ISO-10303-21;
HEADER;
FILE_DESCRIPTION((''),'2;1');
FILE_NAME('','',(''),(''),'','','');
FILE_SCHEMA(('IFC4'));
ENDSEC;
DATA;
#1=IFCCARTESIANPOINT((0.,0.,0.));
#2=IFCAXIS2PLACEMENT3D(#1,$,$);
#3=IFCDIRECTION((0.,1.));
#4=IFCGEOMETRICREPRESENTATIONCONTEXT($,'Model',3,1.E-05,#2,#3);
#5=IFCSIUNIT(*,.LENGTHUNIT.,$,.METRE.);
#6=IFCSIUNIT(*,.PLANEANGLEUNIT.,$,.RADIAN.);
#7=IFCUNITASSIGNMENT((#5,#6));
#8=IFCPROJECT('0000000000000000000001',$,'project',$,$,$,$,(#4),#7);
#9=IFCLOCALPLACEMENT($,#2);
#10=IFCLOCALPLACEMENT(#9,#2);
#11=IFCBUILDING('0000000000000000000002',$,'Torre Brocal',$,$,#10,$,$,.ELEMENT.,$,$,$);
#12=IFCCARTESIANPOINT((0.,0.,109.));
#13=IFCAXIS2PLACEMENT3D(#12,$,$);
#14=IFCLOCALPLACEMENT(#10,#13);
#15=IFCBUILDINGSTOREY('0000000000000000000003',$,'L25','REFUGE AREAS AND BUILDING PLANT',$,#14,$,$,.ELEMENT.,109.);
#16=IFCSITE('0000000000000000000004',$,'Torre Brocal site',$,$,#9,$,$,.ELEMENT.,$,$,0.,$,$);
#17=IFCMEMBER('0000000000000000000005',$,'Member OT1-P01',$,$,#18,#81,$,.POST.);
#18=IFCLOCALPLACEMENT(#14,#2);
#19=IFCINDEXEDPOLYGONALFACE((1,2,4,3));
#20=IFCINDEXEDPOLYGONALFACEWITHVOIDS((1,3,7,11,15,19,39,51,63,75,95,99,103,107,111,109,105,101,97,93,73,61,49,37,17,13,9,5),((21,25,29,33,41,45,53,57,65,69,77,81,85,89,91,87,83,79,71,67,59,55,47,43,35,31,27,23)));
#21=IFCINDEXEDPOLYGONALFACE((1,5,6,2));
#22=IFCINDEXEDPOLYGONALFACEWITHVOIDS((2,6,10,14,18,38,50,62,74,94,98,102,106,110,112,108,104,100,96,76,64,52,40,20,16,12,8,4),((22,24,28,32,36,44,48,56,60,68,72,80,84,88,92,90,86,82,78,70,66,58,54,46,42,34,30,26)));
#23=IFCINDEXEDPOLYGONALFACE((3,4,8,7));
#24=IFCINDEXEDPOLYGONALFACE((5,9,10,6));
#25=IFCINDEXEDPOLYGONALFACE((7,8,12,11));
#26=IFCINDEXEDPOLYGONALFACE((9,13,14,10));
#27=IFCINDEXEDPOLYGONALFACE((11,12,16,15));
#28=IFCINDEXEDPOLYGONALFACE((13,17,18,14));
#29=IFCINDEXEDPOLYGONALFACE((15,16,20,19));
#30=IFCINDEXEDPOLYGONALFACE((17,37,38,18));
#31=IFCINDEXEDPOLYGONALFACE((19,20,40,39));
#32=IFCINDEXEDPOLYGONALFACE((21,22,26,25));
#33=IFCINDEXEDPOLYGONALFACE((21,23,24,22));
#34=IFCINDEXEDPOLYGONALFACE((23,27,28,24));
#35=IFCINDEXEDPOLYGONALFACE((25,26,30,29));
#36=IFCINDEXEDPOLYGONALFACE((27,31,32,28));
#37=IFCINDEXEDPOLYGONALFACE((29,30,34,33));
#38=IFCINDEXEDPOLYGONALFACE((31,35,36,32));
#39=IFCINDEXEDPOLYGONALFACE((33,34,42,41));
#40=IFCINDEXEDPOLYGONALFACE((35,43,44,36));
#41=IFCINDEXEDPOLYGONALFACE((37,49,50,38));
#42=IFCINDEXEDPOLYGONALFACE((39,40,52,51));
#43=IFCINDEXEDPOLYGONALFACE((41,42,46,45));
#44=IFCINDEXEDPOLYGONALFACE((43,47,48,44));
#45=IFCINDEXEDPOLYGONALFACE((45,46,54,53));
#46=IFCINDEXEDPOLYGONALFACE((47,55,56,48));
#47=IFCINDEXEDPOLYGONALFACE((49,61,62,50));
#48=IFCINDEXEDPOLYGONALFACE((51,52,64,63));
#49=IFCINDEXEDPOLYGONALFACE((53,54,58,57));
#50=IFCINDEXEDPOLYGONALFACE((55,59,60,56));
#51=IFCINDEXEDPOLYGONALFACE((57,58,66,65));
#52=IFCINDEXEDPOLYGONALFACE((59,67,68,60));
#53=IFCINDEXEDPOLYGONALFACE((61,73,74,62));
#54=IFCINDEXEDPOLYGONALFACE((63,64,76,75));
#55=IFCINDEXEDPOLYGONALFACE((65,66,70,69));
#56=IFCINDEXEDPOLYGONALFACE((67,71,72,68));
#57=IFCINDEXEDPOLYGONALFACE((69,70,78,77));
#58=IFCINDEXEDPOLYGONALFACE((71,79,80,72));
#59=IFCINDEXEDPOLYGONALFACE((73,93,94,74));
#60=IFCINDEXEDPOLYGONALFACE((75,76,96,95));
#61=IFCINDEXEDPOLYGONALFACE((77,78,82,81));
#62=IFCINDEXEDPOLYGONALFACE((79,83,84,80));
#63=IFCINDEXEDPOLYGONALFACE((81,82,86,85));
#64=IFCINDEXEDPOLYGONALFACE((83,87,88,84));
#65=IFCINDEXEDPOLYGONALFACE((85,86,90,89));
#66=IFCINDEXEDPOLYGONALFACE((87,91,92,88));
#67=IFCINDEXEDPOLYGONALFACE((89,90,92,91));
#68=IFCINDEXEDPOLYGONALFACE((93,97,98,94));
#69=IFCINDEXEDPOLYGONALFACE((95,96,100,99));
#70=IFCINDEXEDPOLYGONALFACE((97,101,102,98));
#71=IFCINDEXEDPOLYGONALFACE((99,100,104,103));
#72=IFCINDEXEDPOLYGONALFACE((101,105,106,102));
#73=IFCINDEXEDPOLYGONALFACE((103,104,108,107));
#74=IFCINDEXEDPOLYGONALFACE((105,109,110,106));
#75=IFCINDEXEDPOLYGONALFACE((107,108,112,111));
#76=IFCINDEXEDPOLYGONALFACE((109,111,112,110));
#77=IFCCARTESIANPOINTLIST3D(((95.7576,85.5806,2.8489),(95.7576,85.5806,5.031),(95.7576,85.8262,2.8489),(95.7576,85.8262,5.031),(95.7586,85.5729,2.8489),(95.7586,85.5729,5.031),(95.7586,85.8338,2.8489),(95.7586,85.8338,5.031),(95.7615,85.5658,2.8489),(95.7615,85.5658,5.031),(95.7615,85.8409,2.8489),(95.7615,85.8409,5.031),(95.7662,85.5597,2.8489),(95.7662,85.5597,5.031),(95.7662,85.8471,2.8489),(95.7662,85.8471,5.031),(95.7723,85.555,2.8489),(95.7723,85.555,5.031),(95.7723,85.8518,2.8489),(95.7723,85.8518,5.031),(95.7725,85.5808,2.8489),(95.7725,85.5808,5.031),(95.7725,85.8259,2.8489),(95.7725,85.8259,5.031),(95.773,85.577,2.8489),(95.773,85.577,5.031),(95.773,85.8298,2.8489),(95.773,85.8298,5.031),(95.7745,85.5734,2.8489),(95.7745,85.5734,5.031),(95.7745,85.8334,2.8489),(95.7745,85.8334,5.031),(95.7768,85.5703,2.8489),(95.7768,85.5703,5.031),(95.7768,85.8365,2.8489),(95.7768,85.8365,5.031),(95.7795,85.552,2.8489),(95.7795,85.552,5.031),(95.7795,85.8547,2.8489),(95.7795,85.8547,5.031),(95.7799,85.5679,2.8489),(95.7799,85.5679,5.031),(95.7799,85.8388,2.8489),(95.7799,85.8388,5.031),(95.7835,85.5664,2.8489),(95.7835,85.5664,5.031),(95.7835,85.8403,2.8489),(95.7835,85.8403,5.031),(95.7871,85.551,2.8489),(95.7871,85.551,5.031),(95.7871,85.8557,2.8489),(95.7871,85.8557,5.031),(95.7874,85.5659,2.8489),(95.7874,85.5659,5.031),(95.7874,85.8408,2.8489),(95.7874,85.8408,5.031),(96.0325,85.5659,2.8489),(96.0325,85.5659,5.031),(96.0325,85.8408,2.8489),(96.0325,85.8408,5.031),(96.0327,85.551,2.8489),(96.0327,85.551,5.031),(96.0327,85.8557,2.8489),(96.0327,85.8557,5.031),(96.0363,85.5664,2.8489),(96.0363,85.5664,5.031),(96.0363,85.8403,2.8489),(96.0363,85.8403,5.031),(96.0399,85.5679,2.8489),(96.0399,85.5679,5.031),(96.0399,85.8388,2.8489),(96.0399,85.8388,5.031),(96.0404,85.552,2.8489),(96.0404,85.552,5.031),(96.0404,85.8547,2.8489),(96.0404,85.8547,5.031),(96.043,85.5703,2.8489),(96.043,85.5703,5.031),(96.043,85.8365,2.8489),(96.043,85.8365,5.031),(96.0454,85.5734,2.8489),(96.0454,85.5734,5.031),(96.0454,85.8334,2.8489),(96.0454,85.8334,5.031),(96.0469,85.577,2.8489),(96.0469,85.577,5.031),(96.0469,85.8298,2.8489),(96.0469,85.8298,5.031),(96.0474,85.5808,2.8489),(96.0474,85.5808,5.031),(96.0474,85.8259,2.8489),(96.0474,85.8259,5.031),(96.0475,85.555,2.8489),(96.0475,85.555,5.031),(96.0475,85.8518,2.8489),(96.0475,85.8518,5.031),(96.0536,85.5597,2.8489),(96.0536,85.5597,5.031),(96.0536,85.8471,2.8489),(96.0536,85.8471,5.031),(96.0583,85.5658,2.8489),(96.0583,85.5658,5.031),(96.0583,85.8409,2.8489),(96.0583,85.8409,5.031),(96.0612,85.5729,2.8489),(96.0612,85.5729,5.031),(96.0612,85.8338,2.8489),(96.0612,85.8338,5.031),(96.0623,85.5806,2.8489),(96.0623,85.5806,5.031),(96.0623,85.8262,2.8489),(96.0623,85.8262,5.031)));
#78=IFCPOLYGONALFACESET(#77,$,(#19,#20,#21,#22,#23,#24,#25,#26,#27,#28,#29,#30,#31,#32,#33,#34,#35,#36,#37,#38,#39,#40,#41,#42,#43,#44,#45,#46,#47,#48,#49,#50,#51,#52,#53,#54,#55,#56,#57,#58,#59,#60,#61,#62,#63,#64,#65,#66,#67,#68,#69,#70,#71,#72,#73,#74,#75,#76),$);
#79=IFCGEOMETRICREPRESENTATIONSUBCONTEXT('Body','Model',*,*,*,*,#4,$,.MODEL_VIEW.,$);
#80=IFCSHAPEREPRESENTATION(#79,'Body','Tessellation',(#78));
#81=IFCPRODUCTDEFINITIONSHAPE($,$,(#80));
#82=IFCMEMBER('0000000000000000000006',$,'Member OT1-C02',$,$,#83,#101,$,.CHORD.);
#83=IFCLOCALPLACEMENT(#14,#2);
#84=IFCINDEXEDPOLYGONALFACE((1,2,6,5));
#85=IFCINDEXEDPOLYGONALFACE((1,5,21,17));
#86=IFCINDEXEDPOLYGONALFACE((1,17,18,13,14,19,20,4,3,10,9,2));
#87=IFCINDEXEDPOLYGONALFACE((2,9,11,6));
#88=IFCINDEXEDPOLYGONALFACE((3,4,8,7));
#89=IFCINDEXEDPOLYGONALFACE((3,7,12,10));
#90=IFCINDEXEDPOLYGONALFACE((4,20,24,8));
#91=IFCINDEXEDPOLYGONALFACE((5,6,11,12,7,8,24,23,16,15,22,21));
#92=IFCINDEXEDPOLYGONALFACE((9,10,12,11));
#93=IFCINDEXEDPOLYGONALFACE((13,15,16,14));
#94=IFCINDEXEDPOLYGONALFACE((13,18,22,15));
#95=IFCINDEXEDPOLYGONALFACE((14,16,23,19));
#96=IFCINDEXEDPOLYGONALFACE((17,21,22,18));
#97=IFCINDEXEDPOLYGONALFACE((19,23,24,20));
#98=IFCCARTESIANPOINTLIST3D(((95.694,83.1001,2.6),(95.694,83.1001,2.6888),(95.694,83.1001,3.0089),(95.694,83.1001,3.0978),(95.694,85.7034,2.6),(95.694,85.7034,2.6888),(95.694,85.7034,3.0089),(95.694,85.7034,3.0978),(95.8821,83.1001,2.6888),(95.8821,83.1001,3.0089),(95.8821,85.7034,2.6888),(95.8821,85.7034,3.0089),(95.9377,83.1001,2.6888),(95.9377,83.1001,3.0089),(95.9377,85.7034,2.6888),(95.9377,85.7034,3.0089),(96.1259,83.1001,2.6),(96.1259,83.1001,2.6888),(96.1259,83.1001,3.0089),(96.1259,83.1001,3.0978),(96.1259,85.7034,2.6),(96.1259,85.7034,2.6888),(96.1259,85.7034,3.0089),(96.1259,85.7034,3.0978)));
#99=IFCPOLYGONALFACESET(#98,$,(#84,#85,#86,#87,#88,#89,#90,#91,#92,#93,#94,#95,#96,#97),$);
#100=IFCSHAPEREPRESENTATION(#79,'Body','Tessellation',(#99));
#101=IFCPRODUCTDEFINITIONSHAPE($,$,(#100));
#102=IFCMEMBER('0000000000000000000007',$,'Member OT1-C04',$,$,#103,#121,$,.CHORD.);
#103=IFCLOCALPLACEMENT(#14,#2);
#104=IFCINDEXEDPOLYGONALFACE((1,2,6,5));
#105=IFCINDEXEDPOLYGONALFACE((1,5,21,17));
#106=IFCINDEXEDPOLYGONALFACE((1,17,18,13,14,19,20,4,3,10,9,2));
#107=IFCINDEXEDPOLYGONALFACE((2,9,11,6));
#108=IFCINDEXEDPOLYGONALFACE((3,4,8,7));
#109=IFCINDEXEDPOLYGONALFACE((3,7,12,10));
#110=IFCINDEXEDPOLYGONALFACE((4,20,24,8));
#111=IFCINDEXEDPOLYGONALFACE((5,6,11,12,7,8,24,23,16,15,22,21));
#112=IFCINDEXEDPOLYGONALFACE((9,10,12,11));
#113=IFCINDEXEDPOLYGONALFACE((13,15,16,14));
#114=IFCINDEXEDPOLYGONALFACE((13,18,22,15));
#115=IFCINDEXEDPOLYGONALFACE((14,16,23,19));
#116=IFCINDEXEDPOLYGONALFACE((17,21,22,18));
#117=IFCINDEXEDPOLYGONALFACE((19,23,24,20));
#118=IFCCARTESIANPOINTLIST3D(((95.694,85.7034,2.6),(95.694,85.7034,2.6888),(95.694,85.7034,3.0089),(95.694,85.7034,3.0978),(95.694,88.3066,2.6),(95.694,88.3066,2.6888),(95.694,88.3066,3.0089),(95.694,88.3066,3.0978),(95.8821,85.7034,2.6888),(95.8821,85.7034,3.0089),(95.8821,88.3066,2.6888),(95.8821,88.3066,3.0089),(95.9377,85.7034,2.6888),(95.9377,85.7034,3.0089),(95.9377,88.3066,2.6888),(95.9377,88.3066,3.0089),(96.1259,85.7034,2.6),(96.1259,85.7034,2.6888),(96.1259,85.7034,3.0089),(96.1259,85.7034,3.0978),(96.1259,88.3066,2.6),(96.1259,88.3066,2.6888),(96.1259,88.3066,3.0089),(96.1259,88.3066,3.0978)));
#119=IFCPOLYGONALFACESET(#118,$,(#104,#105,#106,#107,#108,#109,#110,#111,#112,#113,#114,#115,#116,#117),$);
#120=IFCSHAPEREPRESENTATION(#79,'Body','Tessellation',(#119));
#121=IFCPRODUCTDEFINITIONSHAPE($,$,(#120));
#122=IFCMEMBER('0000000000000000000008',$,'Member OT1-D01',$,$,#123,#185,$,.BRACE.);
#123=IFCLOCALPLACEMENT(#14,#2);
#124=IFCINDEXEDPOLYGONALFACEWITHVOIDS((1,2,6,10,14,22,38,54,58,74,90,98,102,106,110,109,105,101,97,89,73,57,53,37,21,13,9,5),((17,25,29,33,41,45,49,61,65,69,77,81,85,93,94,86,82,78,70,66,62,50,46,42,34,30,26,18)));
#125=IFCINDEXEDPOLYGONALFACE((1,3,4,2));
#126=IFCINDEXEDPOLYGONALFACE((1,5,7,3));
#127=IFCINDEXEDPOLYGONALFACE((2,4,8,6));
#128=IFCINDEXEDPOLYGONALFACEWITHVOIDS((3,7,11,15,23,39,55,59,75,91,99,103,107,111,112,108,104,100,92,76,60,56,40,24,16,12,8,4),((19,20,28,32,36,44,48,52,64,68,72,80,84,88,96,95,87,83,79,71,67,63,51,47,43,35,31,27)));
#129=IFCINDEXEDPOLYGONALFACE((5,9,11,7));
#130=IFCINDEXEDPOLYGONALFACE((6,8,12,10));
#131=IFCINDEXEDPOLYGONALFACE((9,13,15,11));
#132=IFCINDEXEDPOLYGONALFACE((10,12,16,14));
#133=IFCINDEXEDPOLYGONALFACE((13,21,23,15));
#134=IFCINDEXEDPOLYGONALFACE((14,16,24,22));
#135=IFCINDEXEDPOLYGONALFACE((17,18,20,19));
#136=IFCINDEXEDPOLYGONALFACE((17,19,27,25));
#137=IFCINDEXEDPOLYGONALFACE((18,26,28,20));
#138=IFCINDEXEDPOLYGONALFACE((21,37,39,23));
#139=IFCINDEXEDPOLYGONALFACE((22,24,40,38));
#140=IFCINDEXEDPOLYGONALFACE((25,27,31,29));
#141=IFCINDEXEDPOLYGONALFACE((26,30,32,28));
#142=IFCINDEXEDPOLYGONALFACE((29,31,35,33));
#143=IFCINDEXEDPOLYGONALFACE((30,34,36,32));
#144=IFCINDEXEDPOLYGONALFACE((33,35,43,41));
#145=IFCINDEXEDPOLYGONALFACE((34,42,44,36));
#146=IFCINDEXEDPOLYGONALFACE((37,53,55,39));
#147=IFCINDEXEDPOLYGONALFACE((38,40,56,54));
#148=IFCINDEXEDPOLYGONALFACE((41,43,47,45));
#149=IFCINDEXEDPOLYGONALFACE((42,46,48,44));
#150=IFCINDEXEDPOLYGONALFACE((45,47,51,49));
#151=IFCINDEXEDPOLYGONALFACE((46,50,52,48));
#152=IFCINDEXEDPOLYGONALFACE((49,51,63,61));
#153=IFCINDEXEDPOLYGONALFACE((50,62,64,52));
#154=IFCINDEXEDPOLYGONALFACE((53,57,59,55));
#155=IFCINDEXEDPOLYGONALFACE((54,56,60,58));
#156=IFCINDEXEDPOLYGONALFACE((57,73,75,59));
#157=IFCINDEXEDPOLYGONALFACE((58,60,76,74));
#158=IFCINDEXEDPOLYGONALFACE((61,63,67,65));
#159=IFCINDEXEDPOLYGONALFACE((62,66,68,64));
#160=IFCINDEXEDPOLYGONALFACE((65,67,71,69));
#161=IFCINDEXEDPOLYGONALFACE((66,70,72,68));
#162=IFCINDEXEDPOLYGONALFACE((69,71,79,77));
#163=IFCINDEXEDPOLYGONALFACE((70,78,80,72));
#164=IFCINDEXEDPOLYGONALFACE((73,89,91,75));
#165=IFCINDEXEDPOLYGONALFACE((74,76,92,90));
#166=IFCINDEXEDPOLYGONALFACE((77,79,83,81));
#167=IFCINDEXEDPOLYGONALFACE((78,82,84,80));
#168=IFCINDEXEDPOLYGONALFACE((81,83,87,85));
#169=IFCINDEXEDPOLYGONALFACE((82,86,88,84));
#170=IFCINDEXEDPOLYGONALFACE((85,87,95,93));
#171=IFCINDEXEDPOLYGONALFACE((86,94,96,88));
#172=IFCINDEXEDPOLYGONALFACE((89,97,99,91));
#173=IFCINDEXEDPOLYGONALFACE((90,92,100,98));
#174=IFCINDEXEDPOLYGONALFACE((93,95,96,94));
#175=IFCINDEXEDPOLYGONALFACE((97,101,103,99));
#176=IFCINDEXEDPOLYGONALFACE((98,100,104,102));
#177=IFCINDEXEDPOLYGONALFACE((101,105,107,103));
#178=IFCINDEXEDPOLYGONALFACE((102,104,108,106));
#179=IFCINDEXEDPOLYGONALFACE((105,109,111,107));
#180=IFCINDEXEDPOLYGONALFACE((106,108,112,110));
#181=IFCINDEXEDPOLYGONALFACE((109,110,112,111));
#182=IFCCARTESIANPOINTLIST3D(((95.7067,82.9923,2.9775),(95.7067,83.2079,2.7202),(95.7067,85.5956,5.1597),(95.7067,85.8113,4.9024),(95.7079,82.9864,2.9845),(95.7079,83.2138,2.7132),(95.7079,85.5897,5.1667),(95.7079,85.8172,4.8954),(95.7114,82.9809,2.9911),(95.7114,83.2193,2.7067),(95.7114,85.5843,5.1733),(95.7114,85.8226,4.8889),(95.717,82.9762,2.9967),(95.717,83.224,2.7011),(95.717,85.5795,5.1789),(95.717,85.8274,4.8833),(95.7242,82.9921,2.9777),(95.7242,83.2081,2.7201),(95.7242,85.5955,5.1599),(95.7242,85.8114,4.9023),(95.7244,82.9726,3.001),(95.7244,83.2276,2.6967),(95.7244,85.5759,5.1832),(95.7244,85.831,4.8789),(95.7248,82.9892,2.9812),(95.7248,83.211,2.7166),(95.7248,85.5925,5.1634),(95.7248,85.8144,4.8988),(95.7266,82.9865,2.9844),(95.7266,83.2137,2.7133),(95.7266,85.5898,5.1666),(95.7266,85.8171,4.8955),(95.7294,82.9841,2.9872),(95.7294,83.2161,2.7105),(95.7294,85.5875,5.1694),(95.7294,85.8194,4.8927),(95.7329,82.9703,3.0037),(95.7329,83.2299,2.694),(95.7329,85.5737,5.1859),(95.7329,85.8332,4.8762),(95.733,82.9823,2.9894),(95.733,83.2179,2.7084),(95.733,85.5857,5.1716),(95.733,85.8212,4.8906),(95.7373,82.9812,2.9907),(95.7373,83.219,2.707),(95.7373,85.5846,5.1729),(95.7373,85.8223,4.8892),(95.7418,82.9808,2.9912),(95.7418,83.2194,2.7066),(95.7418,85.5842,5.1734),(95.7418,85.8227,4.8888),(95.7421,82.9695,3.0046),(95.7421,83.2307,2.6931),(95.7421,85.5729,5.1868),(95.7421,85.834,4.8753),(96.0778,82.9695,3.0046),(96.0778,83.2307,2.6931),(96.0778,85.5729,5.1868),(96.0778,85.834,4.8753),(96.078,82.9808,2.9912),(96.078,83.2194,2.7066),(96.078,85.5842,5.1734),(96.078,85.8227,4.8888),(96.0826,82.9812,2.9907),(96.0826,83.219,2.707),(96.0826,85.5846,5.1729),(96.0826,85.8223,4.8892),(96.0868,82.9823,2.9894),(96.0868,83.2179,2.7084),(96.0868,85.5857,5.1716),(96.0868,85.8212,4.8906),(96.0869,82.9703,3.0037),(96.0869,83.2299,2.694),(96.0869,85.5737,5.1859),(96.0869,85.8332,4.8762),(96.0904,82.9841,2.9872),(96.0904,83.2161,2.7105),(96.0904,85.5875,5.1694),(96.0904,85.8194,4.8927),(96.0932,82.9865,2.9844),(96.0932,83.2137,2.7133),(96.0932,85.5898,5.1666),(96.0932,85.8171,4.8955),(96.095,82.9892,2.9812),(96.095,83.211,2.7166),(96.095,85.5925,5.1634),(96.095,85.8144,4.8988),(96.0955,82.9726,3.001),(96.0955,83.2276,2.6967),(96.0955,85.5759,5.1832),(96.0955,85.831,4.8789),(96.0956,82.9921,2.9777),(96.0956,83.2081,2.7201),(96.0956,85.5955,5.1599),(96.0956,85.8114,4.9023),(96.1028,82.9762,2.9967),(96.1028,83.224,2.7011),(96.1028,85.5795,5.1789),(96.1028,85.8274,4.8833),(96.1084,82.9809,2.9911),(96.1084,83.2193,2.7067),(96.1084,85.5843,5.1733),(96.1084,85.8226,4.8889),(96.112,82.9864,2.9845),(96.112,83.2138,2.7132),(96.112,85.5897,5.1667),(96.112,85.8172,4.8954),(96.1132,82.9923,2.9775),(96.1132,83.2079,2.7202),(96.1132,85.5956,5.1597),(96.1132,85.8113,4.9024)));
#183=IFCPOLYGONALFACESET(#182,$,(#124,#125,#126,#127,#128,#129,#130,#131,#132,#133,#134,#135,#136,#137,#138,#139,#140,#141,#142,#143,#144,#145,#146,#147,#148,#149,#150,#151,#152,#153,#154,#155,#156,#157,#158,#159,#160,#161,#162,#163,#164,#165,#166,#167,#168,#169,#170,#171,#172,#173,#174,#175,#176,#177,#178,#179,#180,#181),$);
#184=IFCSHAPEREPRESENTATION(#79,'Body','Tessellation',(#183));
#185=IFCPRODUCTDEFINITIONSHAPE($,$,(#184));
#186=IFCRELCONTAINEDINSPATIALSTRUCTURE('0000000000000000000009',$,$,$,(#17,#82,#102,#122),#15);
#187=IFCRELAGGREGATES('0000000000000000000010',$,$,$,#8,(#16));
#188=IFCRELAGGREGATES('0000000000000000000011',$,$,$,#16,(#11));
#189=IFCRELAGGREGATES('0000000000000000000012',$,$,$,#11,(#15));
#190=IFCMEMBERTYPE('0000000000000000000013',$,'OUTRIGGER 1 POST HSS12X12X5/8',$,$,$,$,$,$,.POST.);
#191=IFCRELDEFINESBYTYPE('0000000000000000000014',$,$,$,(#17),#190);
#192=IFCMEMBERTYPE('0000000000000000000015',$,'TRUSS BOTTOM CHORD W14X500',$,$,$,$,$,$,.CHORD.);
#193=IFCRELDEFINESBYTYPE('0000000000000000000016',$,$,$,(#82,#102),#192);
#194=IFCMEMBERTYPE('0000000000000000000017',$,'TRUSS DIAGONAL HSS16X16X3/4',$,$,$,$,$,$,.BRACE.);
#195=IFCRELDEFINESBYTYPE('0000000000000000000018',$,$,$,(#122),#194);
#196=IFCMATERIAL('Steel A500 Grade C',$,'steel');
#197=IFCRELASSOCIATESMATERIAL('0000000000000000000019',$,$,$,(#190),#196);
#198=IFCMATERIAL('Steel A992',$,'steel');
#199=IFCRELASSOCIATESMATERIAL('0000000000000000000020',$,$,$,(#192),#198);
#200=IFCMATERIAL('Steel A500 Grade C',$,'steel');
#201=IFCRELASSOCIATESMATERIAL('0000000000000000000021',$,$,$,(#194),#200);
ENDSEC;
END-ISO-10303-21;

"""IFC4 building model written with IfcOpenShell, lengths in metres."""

from ifc_helpers import new_model, si_unit, direction, frame, origin, origin_2d, place, context, subcontext, project, spatial, hollow_rectangle, i_section, extrude, material, material_profile, profile_set, type_object, element, save


model = new_model("IFC4")

# Units and contexts
model_context = context("Model", 3, precision=1e-05, world=origin(), true_north=direction((0.0, 1.0)))
body_context = subcontext(model_context, "Body", "Model", "MODEL_VIEW")
ifc_project = project(units=[si_unit("LENGTHUNIT", "METRE"), si_unit("PLANEANGLEUNIT", "RADIAN")], contexts=[model_context])

# Site, building, storey
site_placement = place(None, origin())
site = spatial("IfcSite", under=ifc_project, at=site_placement, Name="Torre Brocal site", CompositionType="ELEMENT", RefElevation=0.0)
building_placement = place(site_placement, origin())
building = spatial("IfcBuilding", under=site, at=building_placement, Name="Torre Brocal", CompositionType="ELEMENT")
storey_placement = place(building_placement, frame((0.0, 0.0, 109.0)))
storey = spatial("IfcBuildingStorey", under=building, at=storey_placement, Name="L25", Description="REFUGE AREAS AND BUILDING PLANT", CompositionType="ELEMENT", Elevation=109.0)

# Members
ifc_material_1 = material(Name="Steel A500 Grade C", Category="steel")
ifc_material_profile_1 = material_profile(ifc_material_1, hollow_rectangle(XDim=0.3047, YDim=0.3047, WallThickness=0.0149, InnerFilletRadius=0.0149, OuterFilletRadius=0.0295, at=origin_2d()), Name="HSS12X12X5/8")
ifc_profile_set_1 = profile_set([ifc_material_profile_1], Name="Steel A500 Grade C")
member_type_1 = type_object("IfcMemberType", Name="OUTRIGGER 1 POST HSS12X12X5/8", PredefinedType="POST", material=ifc_profile_set_1)
member_placement = place(storey_placement, frame((95.9099, 85.7034, 2.8489), z_axis=(0.0, 0.0, 1.0), x_axis=(1.0, 0.0, 0.0)))
element("IfcMember", 1, at=member_placement, inside=storey, type_object=member_type_1, Name="Member OT1-P01", PredefinedType="POST", context=body_context, shape_type="SweptSolid", body=[
    extrude(hollow_rectangle(XDim=0.3047, YDim=0.3047, WallThickness=0.0149, InnerFilletRadius=0.0149, OuterFilletRadius=0.0295, at=origin_2d()), origin(), (0.0, 0.0, 1.0), 2.1821),
])
ifc_material_2 = material(Name="Steel A992", Category="steel")
ifc_material_profile_2 = material_profile(ifc_material_2, i_section(OverallWidth=0.4319, OverallDepth=0.4978, WebThickness=0.0557, FlangeThickness=0.0889, at=origin_2d()), Name="W14X500")
ifc_profile_set_2 = profile_set([ifc_material_profile_2], Name="Steel A992")
member_type_2 = type_object("IfcMemberType", Name="TRUSS BOTTOM CHORD W14X500", PredefinedType="CHORD", material=ifc_profile_set_2)
for number, where, z_axis, x_axis, name in (
    (2, (95.9099, 83.1001, 2.8489), (0.0, 1.0, 0.0), (-1.0, 0.0, 0.0), "Member OT1-C02"),
    (3, (95.9099, 85.7034, 2.8489), (0.0, 1.0, 0.0), (-1.0, 0.0, 0.0), "Member OT1-C04"),
):
    element("IfcMember", number, at=place(storey_placement, frame(where, z_axis=z_axis, x_axis=x_axis)), inside=storey, type_object=member_type_2, Name=name, PredefinedType="CHORD", context=body_context, shape_type="SweptSolid", body=[
        extrude(i_section(OverallWidth=0.4319, OverallDepth=0.4978, WebThickness=0.0557, FlangeThickness=0.0889, at=origin_2d()), origin(), (0.0, 0.0, 1.0), 2.6033),
    ])
ifc_material_3 = material(Name="Steel A500 Grade C", Category="steel")
ifc_material_profile_3 = material_profile(ifc_material_3, hollow_rectangle(XDim=0.4065, YDim=0.4065, WallThickness=0.0176, InnerFilletRadius=0.0176, OuterFilletRadius=0.0354, at=origin_2d()), Name="HSS16X16X3/4")
ifc_profile_set_3 = profile_set([ifc_material_profile_3], Name="Steel A500 Grade C")
member_type_3 = type_object("IfcMemberType", Name="TRUSS DIAGONAL HSS16X16X3/4", PredefinedType="BRACE", material=ifc_profile_set_3)
for number, where, z_axis, x_axis, name in (
    (4, (95.9099, 83.1001, 2.8489), (0.0, 0.766374, 0.642394), (-1.0, 0.0, 0.0), "Member OT1-D01"),
):
    element("IfcMember", number, at=place(storey_placement, frame(where, z_axis=z_axis, x_axis=x_axis)), inside=storey, type_object=member_type_3, Name=name, PredefinedType="BRACE", context=body_context, shape_type="SweptSolid", body=[
        extrude(hollow_rectangle(XDim=0.4065, YDim=0.4065, WallThickness=0.0176, InnerFilletRadius=0.0176, OuterFilletRadius=0.0354, at=origin_2d()), origin(), (0.0, 0.0, 1.0), 3.397),
    ])

save(model, "model.ifc")
